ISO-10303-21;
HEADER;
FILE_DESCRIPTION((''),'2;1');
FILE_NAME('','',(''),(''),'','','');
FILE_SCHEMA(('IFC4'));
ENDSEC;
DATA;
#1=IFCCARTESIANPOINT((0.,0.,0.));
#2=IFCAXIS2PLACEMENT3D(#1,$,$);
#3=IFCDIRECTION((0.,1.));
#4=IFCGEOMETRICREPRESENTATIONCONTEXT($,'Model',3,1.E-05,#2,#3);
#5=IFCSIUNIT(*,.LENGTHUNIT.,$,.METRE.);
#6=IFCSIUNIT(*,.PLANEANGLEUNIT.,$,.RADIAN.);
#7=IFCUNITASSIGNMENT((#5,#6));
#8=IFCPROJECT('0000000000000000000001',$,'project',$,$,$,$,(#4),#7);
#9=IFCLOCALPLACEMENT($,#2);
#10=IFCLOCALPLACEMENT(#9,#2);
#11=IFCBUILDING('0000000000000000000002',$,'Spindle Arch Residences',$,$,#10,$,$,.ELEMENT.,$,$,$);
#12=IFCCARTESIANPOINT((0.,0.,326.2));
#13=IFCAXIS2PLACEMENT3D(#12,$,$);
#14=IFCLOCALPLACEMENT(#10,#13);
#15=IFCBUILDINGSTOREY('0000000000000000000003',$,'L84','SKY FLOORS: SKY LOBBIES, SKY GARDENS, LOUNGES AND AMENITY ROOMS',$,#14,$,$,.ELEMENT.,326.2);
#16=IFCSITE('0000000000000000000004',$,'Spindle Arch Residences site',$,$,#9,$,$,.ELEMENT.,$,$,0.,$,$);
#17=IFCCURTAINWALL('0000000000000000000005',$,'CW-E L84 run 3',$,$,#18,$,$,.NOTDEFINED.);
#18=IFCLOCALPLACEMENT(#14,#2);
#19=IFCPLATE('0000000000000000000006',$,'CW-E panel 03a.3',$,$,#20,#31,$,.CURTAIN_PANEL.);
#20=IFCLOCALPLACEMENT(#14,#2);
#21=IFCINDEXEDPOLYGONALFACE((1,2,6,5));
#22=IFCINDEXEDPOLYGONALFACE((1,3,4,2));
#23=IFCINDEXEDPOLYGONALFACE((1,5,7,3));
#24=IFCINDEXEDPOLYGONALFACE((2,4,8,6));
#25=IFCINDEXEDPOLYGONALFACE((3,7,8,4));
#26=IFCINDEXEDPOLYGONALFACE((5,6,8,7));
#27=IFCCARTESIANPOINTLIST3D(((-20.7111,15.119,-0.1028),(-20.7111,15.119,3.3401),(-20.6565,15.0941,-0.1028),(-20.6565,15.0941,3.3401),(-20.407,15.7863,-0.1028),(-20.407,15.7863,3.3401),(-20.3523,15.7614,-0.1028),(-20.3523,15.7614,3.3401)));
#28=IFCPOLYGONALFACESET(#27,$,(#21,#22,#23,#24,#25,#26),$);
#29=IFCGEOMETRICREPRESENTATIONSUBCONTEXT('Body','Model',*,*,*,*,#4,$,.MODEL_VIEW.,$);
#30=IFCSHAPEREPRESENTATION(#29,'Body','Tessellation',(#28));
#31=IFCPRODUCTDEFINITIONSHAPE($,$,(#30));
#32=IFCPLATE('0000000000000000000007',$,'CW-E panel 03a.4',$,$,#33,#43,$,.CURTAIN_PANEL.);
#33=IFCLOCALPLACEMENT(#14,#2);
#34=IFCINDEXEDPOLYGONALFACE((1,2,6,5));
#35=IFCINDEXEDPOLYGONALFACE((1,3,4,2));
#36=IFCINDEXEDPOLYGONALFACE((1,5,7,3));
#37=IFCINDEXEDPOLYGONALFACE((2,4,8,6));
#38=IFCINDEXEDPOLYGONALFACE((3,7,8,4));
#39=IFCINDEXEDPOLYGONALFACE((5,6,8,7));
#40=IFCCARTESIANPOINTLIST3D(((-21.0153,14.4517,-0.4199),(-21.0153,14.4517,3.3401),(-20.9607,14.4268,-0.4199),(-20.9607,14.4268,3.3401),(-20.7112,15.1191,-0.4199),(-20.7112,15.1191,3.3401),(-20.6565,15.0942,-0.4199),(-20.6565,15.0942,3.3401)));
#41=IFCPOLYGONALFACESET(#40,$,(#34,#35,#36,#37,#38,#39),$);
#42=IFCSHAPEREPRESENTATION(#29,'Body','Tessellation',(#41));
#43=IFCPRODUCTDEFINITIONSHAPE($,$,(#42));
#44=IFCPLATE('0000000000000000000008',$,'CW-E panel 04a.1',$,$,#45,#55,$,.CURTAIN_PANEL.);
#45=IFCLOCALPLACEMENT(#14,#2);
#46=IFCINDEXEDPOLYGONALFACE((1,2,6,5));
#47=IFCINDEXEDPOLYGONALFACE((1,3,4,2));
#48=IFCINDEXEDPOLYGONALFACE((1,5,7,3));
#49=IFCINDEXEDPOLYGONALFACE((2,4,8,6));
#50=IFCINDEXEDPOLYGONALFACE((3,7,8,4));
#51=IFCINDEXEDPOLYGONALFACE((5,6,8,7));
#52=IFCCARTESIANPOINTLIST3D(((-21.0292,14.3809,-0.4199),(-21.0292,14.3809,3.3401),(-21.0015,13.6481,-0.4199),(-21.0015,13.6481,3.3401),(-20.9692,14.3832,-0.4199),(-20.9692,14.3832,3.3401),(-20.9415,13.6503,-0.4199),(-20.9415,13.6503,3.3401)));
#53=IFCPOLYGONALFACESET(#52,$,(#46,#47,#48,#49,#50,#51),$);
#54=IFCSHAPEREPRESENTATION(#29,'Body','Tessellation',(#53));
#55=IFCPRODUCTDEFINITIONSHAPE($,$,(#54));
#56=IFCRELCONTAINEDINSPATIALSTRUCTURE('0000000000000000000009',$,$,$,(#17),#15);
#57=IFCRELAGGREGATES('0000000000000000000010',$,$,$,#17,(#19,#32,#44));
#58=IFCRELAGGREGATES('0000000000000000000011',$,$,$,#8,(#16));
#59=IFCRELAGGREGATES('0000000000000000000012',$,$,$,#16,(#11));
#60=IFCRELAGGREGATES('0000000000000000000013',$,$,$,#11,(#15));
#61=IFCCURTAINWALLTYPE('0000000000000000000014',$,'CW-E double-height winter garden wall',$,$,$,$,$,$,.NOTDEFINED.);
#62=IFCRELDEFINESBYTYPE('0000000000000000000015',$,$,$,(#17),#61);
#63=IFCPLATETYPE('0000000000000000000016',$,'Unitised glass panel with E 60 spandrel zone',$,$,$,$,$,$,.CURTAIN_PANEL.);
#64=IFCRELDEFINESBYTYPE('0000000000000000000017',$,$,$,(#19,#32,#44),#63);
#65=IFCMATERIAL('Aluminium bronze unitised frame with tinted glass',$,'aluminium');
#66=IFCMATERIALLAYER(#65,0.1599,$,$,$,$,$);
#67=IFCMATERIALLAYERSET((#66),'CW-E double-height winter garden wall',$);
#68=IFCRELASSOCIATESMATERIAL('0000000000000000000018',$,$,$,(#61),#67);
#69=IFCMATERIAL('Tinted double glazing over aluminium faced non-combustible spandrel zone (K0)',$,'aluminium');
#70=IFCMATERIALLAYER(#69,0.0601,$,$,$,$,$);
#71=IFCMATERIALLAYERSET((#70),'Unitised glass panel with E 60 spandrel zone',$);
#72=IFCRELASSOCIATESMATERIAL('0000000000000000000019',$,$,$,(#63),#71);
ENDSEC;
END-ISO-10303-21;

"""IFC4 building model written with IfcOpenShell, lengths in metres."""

from ifc_helpers import new_model, si_unit, direction, frame, origin, origin_2d, place, context, subcontext, project, spatial, rectangle, extrude, material, layer, layer_set, type_object, element, aggregate, save


model = new_model("IFC4")

# Units and contexts
model_context = context("Model", 3, precision=1e-05, world=origin(), true_north=direction((0.0, 1.0)))
body_context = subcontext(model_context, "Body", "Model", "MODEL_VIEW")
ifc_project = project(units=[si_unit("LENGTHUNIT", "METRE"), si_unit("PLANEANGLEUNIT", "RADIAN")], contexts=[model_context])

# Site, building, storey
site_placement = place(None, origin())
site = spatial("IfcSite", under=ifc_project, at=site_placement, Name="Spindle Arch Residences site", CompositionType="ELEMENT", RefElevation=0.0)
building_placement = place(site_placement, origin())
building = spatial("IfcBuilding", under=site, at=building_placement, Name="Spindle Arch Residences", CompositionType="ELEMENT")
storey_placement = place(building_placement, frame((0.0, 0.0, 326.2)))
storey = spatial("IfcBuildingStorey", under=building, at=storey_placement, Name="L84", Description="SKY FLOORS: SKY LOBBIES, SKY GARDENS, LOUNGES AND AMENITY ROOMS", CompositionType="ELEMENT", Elevation=326.2)

# Curtain wall, plates
ifc_material_1 = material(Name="Aluminium bronze unitised frame with tinted glass", Category="aluminium")
ifc_layer_1 = layer(ifc_material_1, 0.1599)
ifc_layer_set_1 = layer_set([ifc_layer_1], Name="CW-E double-height winter garden wall")
curtain_wall_type = type_object("IfcCurtainWallType", Name="CW-E double-height winter garden wall", PredefinedType="NOTDEFINED", material=ifc_layer_set_1)
curtain_wall_placement = place(storey_placement, origin())
curtain_wall = element("IfcCurtainWall", 1, at=curtain_wall_placement, inside=storey, type_object=curtain_wall_type, Name="CW-E L84 run 3", PredefinedType="NOTDEFINED")
ifc_material_2 = material(Name="Tinted double glazing over aluminium faced non-combustible spandrel zone (K0)", Category="aluminium")
ifc_layer_2 = layer(ifc_material_2, 0.0601)
ifc_layer_set_2 = layer_set([ifc_layer_2], Name="Unitised glass panel with E 60 spandrel zone")
plate_type_1 = type_object("IfcPlateType", Name="Unitised glass panel with E 60 spandrel zone", PredefinedType="CURTAIN_PANEL", material=ifc_layer_set_2)
plate_1_placement = place(storey_placement, frame((-20.5317, 15.4402, -0.1028), z_axis=(0.0, 0.0, 1.0), x_axis=(-0.414693, -0.909961, 0.0)))
plate_1 = element("IfcPlate", 2, at=plate_1_placement, type_object=plate_type_1, Name="CW-E panel 03a.3", PredefinedType="CURTAIN_PANEL", context=body_context, shape_type="SweptSolid", body=[
    extrude(rectangle(XDim=0.7334, YDim=0.0601, at=origin_2d()), origin(), (0.0, 0.0, 1.0), 3.4429),
])
plate_2_placement = place(storey_placement, frame((-20.8359, 14.7729, -0.4199), z_axis=(0.0, 0.0, 1.0), x_axis=(-0.414693, -0.909961, 0.0)))
plate_2 = element("IfcPlate", 3, at=plate_2_placement, type_object=plate_type_1, Name="CW-E panel 03a.4", PredefinedType="CURTAIN_PANEL", context=body_context, shape_type="SweptSolid", body=[
    extrude(rectangle(XDim=0.7334, YDim=0.0601, at=origin_2d()), origin(), (0.0, 0.0, 1.0), 3.76),
])
plate_3_placement = place(storey_placement, frame((-20.9854, 14.0156, -0.4199), z_axis=(0.0, 0.0, 1.0), x_axis=(0.037806, -0.999285, 0.0)))
plate_3 = element("IfcPlate", 4, at=plate_3_placement, type_object=plate_type_1, Name="CW-E panel 04a.1", PredefinedType="CURTAIN_PANEL", context=body_context, shape_type="SweptSolid", body=[
    extrude(rectangle(XDim=0.7334, YDim=0.0601, at=origin_2d()), origin(), (0.0, 0.0, 1.0), 3.76),
])
aggregate(curtain_wall, [plate_1, plate_2, plate_3])

save(model, "model.ifc")
